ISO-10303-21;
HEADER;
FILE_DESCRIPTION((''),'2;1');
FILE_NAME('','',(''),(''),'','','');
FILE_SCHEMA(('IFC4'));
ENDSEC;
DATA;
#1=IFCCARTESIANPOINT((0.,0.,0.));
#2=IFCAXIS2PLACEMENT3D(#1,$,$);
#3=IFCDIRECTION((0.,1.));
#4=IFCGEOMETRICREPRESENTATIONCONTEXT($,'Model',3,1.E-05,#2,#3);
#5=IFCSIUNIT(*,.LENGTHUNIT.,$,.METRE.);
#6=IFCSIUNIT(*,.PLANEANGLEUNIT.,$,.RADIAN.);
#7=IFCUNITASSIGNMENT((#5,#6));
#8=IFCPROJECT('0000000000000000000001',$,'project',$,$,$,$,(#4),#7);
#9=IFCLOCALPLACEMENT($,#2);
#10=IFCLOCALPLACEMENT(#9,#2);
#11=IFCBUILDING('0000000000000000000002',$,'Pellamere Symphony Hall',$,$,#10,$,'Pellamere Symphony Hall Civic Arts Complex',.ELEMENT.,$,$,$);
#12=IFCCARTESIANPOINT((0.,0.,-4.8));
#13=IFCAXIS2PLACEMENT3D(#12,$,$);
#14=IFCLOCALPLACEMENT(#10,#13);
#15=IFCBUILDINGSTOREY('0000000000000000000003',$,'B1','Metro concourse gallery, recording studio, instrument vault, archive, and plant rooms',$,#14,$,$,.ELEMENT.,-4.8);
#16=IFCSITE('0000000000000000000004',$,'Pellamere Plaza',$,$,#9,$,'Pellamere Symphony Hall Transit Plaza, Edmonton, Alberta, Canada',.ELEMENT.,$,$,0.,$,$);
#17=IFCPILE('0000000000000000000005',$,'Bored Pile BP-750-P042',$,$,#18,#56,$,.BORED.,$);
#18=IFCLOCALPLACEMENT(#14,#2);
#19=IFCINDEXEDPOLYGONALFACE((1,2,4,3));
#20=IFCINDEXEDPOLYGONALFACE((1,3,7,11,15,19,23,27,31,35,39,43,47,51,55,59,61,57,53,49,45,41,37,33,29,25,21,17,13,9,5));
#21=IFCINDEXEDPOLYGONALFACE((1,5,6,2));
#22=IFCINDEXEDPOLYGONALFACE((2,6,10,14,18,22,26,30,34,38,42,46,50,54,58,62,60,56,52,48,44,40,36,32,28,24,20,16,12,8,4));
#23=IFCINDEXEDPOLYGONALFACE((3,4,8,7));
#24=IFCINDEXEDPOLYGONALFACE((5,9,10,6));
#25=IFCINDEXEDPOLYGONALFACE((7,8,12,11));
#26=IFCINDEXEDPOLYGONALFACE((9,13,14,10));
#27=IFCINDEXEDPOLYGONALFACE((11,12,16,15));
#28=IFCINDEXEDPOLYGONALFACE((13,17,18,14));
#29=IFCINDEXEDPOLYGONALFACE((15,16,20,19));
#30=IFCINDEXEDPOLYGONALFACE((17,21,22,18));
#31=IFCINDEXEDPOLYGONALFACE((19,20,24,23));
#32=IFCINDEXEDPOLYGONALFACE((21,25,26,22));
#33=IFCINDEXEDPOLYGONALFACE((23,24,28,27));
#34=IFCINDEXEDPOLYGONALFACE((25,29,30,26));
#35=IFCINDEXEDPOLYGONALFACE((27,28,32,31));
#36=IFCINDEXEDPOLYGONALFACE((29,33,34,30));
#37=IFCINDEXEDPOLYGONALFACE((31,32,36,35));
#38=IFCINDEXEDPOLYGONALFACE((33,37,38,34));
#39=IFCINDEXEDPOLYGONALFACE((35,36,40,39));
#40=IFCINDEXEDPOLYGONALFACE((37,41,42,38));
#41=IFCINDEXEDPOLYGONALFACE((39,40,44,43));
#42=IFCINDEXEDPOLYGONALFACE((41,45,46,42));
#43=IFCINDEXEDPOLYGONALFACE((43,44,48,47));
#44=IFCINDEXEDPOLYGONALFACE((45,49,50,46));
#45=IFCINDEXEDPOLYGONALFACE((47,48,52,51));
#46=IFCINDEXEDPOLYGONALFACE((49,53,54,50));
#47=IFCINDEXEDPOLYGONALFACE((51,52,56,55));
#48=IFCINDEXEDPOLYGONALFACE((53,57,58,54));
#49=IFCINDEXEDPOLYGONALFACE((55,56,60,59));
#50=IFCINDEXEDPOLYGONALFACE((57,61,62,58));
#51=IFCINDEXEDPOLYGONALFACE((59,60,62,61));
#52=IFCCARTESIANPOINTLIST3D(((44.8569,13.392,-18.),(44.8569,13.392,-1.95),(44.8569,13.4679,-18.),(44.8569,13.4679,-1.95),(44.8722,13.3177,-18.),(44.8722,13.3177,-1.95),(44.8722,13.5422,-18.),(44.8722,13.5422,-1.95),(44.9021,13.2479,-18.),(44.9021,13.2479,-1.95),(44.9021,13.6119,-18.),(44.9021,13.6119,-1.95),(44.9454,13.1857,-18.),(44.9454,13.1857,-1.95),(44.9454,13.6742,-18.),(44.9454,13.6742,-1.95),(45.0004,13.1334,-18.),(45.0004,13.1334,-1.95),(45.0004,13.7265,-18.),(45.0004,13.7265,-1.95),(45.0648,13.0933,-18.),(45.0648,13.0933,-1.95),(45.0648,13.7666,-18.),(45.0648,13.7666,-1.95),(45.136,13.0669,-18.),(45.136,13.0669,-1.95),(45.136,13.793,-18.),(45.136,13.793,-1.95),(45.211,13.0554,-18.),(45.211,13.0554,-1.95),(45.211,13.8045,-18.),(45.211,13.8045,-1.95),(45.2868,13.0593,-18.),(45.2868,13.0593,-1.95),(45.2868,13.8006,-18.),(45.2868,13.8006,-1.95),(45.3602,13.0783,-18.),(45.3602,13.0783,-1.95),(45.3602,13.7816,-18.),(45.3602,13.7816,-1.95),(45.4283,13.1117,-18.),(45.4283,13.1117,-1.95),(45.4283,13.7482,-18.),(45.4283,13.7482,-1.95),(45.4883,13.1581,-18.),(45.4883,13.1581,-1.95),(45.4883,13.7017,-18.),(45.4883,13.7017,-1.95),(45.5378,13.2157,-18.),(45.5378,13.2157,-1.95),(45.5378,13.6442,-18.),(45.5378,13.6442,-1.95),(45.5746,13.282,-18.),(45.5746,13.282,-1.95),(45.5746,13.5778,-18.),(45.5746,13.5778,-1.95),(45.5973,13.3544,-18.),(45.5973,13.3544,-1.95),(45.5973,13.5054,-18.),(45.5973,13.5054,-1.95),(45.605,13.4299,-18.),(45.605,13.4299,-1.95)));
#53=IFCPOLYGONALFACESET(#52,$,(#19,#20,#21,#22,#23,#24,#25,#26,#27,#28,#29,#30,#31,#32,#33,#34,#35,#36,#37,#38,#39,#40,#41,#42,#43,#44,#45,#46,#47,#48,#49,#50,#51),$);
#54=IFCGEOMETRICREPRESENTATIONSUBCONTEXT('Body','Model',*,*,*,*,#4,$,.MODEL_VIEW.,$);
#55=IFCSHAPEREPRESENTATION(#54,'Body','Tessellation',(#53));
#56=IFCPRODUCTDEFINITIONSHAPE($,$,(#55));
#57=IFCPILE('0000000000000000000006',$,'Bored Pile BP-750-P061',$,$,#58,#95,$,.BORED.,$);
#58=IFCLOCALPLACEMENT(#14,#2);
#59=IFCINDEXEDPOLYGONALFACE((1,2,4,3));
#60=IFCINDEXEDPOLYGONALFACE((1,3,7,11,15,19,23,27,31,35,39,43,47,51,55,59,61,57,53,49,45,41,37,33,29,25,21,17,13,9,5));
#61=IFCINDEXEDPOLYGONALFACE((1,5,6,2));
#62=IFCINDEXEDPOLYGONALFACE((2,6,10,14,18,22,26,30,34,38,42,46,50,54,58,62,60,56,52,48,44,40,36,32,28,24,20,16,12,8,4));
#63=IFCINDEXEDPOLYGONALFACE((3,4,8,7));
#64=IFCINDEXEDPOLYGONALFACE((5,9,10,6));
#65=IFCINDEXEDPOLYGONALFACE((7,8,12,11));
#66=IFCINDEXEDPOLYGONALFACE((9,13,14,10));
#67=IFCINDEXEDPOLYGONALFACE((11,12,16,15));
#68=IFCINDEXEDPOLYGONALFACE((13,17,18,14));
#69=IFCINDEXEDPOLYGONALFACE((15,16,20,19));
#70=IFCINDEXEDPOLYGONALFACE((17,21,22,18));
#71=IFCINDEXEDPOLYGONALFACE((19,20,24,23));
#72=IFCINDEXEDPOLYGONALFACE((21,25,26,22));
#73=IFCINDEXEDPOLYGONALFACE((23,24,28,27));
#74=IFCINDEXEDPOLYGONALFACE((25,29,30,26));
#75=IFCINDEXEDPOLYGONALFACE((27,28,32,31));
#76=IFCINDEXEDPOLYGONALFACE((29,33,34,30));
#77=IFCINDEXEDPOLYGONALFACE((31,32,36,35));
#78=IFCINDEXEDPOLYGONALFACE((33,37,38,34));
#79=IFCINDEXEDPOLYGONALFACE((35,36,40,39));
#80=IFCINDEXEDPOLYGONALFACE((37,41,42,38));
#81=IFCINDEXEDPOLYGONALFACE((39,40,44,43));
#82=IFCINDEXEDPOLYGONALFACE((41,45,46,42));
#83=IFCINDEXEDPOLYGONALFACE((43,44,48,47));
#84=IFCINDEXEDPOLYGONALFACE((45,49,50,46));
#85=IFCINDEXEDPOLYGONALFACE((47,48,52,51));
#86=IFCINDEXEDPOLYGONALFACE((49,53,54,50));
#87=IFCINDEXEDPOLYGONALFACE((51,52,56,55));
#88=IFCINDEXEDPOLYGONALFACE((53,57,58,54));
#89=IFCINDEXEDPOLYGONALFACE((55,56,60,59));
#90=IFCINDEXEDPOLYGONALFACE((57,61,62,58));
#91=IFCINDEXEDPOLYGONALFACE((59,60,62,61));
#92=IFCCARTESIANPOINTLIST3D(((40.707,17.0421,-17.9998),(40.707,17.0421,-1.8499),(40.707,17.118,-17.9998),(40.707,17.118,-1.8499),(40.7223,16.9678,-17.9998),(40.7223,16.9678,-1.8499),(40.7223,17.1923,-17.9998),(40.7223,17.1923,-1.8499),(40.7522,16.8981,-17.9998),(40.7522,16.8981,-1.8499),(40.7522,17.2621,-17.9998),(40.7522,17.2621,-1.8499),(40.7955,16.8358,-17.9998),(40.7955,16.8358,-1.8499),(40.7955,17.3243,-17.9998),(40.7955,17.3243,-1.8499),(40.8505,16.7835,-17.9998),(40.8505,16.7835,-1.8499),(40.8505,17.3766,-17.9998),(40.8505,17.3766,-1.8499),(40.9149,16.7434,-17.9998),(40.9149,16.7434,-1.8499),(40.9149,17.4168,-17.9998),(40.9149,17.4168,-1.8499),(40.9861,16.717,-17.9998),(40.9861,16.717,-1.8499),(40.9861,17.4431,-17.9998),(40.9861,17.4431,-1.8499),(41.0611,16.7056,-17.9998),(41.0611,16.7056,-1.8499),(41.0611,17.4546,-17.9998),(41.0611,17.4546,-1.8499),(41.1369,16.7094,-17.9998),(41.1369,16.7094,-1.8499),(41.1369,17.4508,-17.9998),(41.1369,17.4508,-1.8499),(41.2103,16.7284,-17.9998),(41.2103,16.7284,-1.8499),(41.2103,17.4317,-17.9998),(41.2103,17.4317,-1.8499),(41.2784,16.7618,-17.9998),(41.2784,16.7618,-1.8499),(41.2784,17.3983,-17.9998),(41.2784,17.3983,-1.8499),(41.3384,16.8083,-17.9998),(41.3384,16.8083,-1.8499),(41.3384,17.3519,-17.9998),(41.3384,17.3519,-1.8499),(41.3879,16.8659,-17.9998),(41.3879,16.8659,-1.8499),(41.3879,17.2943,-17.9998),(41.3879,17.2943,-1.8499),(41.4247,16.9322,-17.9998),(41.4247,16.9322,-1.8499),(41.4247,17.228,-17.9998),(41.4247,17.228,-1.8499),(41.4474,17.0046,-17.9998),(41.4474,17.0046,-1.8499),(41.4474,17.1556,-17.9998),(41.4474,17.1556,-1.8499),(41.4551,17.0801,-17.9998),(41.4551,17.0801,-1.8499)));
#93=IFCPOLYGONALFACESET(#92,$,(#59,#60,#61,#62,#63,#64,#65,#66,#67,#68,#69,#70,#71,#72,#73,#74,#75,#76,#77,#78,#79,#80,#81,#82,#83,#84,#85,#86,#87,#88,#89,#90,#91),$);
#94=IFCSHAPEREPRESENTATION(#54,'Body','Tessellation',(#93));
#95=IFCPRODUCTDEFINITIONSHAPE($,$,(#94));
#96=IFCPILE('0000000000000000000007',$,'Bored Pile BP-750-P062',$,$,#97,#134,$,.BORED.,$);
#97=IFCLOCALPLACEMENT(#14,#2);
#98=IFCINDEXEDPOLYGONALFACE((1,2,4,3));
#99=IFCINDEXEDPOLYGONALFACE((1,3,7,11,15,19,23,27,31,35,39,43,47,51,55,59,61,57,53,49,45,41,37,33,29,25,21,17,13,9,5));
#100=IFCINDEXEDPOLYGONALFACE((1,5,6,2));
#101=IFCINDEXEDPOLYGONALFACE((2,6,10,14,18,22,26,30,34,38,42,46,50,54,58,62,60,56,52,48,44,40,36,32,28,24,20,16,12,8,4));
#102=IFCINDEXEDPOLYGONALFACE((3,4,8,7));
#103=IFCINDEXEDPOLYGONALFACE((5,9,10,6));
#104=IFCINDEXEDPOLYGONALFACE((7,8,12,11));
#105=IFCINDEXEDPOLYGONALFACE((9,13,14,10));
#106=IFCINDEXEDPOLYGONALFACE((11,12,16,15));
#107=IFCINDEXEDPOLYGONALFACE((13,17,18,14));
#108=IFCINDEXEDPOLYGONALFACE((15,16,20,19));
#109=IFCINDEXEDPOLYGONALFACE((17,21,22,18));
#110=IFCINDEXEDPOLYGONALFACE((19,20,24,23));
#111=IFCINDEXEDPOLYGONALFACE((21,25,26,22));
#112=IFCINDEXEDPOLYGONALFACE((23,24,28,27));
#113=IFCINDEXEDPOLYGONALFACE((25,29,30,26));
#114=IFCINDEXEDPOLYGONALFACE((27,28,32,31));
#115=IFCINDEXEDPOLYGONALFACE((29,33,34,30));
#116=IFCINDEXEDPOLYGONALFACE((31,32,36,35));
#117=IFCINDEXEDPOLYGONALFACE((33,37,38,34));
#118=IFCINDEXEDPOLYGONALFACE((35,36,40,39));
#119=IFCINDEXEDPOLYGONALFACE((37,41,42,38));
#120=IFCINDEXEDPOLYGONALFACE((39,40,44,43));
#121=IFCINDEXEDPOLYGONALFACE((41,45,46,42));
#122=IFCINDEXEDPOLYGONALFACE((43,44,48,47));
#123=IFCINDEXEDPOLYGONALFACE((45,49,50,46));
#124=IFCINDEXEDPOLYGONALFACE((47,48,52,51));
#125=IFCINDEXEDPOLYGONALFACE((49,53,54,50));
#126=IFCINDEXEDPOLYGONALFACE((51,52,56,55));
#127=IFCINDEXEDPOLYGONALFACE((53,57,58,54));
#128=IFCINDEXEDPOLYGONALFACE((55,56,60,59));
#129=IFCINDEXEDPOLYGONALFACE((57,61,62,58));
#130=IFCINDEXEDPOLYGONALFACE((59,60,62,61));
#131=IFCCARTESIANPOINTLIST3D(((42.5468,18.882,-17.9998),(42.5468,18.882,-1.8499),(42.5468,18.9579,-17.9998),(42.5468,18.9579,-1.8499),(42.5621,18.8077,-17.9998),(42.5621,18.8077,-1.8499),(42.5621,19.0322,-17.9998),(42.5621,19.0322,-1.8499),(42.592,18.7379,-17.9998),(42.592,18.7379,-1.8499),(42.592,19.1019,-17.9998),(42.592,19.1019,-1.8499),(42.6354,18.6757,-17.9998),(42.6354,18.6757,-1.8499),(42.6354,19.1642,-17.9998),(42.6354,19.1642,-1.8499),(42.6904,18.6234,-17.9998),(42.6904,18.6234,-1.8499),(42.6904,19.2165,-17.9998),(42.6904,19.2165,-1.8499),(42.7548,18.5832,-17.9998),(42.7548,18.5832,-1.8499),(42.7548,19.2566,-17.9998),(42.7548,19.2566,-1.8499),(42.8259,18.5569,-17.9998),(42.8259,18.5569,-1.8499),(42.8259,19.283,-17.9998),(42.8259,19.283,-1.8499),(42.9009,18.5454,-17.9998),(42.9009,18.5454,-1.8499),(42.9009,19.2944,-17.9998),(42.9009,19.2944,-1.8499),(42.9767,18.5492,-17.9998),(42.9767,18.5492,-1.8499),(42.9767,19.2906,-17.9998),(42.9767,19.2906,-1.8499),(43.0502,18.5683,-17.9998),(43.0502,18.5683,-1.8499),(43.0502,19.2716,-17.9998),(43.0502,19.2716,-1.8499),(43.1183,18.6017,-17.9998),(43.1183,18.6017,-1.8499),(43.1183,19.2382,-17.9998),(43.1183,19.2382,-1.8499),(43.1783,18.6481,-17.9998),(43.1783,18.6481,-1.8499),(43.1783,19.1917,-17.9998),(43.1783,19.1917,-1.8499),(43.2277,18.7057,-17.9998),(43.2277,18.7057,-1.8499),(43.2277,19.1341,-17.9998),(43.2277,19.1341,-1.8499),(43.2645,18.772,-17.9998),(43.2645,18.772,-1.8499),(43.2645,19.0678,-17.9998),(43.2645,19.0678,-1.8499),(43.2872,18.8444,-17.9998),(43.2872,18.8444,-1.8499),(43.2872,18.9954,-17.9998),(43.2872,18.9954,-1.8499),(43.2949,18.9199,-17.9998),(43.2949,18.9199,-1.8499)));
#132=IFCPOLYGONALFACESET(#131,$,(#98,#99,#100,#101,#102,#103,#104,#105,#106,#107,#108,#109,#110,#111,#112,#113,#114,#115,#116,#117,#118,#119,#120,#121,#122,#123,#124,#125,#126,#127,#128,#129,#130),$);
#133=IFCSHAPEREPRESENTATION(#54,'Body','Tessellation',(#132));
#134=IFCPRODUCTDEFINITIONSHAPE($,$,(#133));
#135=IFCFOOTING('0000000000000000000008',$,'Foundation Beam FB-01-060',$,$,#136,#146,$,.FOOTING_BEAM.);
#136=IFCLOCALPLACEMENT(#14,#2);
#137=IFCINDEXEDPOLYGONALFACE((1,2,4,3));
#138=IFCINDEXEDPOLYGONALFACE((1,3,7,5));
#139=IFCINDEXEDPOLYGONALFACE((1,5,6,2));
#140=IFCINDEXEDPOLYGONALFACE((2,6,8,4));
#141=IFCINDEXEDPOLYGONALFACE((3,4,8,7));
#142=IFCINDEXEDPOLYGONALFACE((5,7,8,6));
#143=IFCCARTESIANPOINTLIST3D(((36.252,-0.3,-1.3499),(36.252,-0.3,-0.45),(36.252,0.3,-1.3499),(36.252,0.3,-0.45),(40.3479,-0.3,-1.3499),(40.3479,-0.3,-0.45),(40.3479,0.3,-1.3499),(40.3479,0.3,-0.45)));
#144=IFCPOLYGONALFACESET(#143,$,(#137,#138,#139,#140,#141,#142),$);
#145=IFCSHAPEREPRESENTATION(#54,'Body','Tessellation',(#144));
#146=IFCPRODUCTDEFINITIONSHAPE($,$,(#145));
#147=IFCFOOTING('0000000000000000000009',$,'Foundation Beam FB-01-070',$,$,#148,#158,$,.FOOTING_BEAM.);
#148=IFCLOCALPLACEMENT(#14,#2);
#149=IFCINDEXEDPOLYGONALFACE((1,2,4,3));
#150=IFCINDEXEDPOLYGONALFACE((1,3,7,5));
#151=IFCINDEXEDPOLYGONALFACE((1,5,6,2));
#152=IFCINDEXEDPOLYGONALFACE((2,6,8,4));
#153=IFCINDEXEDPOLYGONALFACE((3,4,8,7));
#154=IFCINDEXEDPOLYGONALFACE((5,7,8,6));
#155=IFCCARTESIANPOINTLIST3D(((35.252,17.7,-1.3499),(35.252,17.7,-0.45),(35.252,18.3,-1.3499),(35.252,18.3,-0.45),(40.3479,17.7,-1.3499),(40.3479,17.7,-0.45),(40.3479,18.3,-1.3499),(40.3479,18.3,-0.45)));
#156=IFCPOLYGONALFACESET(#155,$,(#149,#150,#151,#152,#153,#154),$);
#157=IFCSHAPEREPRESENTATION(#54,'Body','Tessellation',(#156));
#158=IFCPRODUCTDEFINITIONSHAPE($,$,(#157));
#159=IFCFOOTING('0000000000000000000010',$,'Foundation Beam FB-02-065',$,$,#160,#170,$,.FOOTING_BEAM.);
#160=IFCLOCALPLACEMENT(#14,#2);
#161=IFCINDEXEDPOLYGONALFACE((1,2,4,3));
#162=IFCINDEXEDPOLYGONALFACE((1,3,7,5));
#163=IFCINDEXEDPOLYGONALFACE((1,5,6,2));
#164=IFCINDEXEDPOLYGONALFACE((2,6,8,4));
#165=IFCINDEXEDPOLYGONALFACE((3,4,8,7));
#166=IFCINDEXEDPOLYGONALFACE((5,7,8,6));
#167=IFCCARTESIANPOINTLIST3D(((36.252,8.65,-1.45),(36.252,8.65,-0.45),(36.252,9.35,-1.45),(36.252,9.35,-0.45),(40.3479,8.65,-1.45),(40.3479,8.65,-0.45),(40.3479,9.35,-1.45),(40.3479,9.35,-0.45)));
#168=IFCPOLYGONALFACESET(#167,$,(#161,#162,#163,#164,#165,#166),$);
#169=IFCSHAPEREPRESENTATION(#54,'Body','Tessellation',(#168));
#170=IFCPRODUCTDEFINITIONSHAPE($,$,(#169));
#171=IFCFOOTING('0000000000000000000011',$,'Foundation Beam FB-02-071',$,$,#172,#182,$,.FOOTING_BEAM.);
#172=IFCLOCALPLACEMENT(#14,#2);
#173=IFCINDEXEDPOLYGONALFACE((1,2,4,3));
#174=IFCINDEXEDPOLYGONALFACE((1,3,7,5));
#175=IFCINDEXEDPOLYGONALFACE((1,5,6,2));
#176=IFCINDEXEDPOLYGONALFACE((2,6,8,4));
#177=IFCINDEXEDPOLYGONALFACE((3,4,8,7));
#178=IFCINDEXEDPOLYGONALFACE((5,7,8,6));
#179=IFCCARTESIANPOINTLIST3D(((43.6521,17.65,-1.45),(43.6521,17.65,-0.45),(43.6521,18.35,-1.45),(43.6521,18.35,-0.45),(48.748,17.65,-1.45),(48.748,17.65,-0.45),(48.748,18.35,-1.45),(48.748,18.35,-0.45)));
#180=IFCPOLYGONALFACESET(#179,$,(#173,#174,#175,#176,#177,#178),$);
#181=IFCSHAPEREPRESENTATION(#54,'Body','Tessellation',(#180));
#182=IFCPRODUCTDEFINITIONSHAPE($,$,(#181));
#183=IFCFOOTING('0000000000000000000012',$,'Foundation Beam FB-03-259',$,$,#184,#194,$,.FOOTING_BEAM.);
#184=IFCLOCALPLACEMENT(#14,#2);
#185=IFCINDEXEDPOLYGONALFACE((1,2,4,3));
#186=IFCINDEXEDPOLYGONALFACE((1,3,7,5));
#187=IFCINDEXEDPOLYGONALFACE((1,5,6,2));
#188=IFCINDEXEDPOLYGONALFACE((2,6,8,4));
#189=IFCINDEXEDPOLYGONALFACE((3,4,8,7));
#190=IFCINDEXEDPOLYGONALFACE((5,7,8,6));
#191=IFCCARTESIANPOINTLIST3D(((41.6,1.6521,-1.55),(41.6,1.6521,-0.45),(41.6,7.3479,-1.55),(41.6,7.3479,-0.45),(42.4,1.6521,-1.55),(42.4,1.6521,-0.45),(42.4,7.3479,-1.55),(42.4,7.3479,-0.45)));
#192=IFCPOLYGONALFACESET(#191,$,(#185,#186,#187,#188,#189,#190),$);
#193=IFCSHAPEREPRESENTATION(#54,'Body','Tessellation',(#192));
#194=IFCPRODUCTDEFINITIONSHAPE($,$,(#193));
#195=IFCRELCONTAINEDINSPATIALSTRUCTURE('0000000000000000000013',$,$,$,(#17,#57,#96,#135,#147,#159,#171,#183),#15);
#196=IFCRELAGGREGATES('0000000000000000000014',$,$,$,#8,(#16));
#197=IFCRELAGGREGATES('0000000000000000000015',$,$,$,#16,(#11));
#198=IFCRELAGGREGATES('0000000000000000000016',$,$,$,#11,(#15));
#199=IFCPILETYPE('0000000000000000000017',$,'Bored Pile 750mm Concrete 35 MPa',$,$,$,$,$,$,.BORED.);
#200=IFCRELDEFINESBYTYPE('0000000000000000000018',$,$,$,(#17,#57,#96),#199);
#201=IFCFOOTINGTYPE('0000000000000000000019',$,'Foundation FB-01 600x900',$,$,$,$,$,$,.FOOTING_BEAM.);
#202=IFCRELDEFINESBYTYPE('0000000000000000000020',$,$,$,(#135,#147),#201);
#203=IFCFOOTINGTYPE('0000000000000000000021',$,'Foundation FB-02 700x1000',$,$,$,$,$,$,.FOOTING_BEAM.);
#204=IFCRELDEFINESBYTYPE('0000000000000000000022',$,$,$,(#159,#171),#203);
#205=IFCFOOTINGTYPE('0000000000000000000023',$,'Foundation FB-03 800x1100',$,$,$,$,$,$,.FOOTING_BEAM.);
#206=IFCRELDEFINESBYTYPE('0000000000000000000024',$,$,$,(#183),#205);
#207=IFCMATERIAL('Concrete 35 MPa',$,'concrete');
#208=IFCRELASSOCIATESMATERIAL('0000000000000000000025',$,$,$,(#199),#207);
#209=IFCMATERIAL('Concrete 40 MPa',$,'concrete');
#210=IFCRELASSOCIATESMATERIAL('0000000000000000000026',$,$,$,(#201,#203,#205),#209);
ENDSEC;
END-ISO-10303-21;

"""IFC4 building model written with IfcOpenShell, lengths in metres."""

from ifc_helpers import new_model, si_unit, direction, frame, origin, origin_2d, place, context, subcontext, project, spatial, rectangle, circle, extrude, material, material_profile, profile_set, type_object, element, save


model = new_model("IFC4")

# Units and contexts
model_context = context("Model", 3, precision=1e-05, world=origin(), true_north=direction((0.0, 1.0)))
body_context = subcontext(model_context, "Body", "Model", "MODEL_VIEW")
ifc_project = project(units=[si_unit("LENGTHUNIT", "METRE"), si_unit("PLANEANGLEUNIT", "RADIAN")], contexts=[model_context])

# Site, building, storey
site_placement = place(None, origin())
site = spatial("IfcSite", under=ifc_project, at=site_placement, Name="Pellamere Plaza", LongName="Pellamere Symphony Hall Transit Plaza, Edmonton, Alberta, Canada", CompositionType="ELEMENT", RefElevation=0.0)
building_placement = place(site_placement, origin())
building = spatial("IfcBuilding", under=site, at=building_placement, Name="Pellamere Symphony Hall", LongName="Pellamere Symphony Hall Civic Arts Complex", CompositionType="ELEMENT")
storey_placement = place(building_placement, frame((0.0, 0.0, -4.8)))
storey = spatial("IfcBuildingStorey", under=building, at=storey_placement, Name="B1", Description="Metro concourse gallery, recording studio, instrument vault, archive, and plant rooms", CompositionType="ELEMENT", Elevation=-4.8)

# Piles
ifc_material_1 = material(Name="Concrete 35 MPa", Category="concrete")
ifc_material_profile_1 = material_profile(ifc_material_1, circle(Radius=0.375, at=origin_2d()), Name="PILE D750")
ifc_profile_set_1 = profile_set([ifc_material_profile_1], Name="Concrete 35 MPa")
pile_type = type_object("IfcPileType", Name="Bored Pile 750mm Concrete 35 MPa", PredefinedType="BORED", material=ifc_profile_set_1)
for number, where, z_axis, x_axis, name in (
    (1, (45.23, 13.4299, -1.95), (0.0, 0.0, -1.0), (1.0, 0.0, 0.0), "Bored Pile BP-750-P042"),
):
    element("IfcPile", number, at=place(storey_placement, frame(where, z_axis=z_axis, x_axis=x_axis)), inside=storey, type_object=pile_type, Name=name, PredefinedType="BORED", context=body_context, shape_type="SweptSolid", body=[
        extrude(circle(Radius=0.375, at=origin_2d()), origin(), (0.0, 0.0, 1.0), 16.05),
    ])
for number, where, z_axis, x_axis, name in (
    (2, (41.0801, 17.0801, -1.8499), (0.0, 0.0, -1.0), (1.0, 0.0, 0.0), "Bored Pile BP-750-P061"),
    (3, (42.9199, 18.9199, -1.8499), (0.0, 0.0, -1.0), (1.0, 0.0, 0.0), "Bored Pile BP-750-P062"),
):
    element("IfcPile", number, at=place(storey_placement, frame(where, z_axis=z_axis, x_axis=x_axis)), inside=storey, type_object=pile_type, Name=name, PredefinedType="BORED", context=body_context, shape_type="SweptSolid", body=[
        extrude(circle(Radius=0.375, at=origin_2d()), origin(), (0.0, 0.0, 1.0), 16.1499),
    ])

# Footings
ifc_material_2 = material(Name="Concrete 40 MPa", Category="concrete")
ifc_material_profile_2 = material_profile(ifc_material_2, rectangle(XDim=0.6001, YDim=0.8999, at=origin_2d()), Name="RC 600x900")
ifc_profile_set_2 = profile_set([ifc_material_profile_2], Name="Concrete 40 MPa")
footing_type_1 = type_object("IfcFootingType", Name="Foundation FB-01 600x900", PredefinedType="FOOTING_BEAM", material=ifc_profile_set_2)
footing_1_placement = place(storey_placement, frame((36.252, 0.0, -0.8999), z_axis=(1.0, 0.0, 0.0), x_axis=(0.0, 1.0, 0.0)))
element("IfcFooting", 4, at=footing_1_placement, inside=storey, type_object=footing_type_1, Name="Foundation Beam FB-01-060", PredefinedType="FOOTING_BEAM", context=body_context, shape_type="SweptSolid", body=[
    extrude(rectangle(XDim=0.6001, YDim=0.8999, at=origin_2d()), origin(), (0.0, 0.0, 1.0), 4.0959),
])
footing_2_placement = place(storey_placement, frame((35.252, 18.0, -0.8999), z_axis=(1.0, 0.0, 0.0), x_axis=(0.0, 1.0, 0.0)))
element("IfcFooting", 5, at=footing_2_placement, inside=storey, type_object=footing_type_1, Name="Foundation Beam FB-01-070", PredefinedType="FOOTING_BEAM", context=body_context, shape_type="SweptSolid", body=[
    extrude(rectangle(XDim=0.6001, YDim=0.8999, at=origin_2d()), origin(), (0.0, 0.0, 1.0), 5.0959),
])
ifc_material_profile_3 = material_profile(ifc_material_2, rectangle(XDim=0.7, YDim=1.0, at=origin_2d()), Name="RC 700x1000")
ifc_profile_set_3 = profile_set([ifc_material_profile_3], Name="Concrete 40 MPa")
footing_type_2 = type_object("IfcFootingType", Name="Foundation FB-02 700x1000", PredefinedType="FOOTING_BEAM", material=ifc_profile_set_3)
footing_3_placement = place(storey_placement, frame((36.252, 9.0, -0.95), z_axis=(1.0, 0.0, 0.0), x_axis=(0.0, 1.0, 0.0)))
element("IfcFooting", 6, at=footing_3_placement, inside=storey, type_object=footing_type_2, Name="Foundation Beam FB-02-065", PredefinedType="FOOTING_BEAM", context=body_context, shape_type="SweptSolid", body=[
    extrude(rectangle(XDim=0.7, YDim=1.0, at=origin_2d()), origin(), (0.0, 0.0, 1.0), 4.0959),
])
footing_4_placement = place(storey_placement, frame((43.6521, 18.0, -0.95), z_axis=(1.0, 0.0, 0.0), x_axis=(0.0, 1.0, 0.0)))
element("IfcFooting", 7, at=footing_4_placement, inside=storey, type_object=footing_type_2, Name="Foundation Beam FB-02-071", PredefinedType="FOOTING_BEAM", context=body_context, shape_type="SweptSolid", body=[
    extrude(rectangle(XDim=0.7, YDim=1.0, at=origin_2d()), origin(), (0.0, 0.0, 1.0), 5.0959),
])
ifc_material_profile_4 = material_profile(ifc_material_2, rectangle(XDim=0.8, YDim=1.1001, at=origin_2d()), Name="RC 800x1100")
ifc_profile_set_4 = profile_set([ifc_material_profile_4], Name="Concrete 40 MPa")
footing_type_3 = type_object("IfcFootingType", Name="Foundation FB-03 800x1100", PredefinedType="FOOTING_BEAM", material=ifc_profile_set_4)
for number, where, z_axis, x_axis, name in (
    (8, (42.0, 1.6521, -1.0), (0.0, 1.0, 0.0), (-1.0, 0.0, 0.0), "Foundation Beam FB-03-259"),
):
    element("IfcFooting", number, at=place(storey_placement, frame(where, z_axis=z_axis, x_axis=x_axis)), inside=storey, type_object=footing_type_3, Name=name, PredefinedType="FOOTING_BEAM", context=body_context, shape_type="SweptSolid", body=[
        extrude(rectangle(XDim=0.8, YDim=1.1001, at=origin_2d()), origin(), (0.0, 0.0, 1.0), 5.6958),
    ])

save(model, "model.ifc")
